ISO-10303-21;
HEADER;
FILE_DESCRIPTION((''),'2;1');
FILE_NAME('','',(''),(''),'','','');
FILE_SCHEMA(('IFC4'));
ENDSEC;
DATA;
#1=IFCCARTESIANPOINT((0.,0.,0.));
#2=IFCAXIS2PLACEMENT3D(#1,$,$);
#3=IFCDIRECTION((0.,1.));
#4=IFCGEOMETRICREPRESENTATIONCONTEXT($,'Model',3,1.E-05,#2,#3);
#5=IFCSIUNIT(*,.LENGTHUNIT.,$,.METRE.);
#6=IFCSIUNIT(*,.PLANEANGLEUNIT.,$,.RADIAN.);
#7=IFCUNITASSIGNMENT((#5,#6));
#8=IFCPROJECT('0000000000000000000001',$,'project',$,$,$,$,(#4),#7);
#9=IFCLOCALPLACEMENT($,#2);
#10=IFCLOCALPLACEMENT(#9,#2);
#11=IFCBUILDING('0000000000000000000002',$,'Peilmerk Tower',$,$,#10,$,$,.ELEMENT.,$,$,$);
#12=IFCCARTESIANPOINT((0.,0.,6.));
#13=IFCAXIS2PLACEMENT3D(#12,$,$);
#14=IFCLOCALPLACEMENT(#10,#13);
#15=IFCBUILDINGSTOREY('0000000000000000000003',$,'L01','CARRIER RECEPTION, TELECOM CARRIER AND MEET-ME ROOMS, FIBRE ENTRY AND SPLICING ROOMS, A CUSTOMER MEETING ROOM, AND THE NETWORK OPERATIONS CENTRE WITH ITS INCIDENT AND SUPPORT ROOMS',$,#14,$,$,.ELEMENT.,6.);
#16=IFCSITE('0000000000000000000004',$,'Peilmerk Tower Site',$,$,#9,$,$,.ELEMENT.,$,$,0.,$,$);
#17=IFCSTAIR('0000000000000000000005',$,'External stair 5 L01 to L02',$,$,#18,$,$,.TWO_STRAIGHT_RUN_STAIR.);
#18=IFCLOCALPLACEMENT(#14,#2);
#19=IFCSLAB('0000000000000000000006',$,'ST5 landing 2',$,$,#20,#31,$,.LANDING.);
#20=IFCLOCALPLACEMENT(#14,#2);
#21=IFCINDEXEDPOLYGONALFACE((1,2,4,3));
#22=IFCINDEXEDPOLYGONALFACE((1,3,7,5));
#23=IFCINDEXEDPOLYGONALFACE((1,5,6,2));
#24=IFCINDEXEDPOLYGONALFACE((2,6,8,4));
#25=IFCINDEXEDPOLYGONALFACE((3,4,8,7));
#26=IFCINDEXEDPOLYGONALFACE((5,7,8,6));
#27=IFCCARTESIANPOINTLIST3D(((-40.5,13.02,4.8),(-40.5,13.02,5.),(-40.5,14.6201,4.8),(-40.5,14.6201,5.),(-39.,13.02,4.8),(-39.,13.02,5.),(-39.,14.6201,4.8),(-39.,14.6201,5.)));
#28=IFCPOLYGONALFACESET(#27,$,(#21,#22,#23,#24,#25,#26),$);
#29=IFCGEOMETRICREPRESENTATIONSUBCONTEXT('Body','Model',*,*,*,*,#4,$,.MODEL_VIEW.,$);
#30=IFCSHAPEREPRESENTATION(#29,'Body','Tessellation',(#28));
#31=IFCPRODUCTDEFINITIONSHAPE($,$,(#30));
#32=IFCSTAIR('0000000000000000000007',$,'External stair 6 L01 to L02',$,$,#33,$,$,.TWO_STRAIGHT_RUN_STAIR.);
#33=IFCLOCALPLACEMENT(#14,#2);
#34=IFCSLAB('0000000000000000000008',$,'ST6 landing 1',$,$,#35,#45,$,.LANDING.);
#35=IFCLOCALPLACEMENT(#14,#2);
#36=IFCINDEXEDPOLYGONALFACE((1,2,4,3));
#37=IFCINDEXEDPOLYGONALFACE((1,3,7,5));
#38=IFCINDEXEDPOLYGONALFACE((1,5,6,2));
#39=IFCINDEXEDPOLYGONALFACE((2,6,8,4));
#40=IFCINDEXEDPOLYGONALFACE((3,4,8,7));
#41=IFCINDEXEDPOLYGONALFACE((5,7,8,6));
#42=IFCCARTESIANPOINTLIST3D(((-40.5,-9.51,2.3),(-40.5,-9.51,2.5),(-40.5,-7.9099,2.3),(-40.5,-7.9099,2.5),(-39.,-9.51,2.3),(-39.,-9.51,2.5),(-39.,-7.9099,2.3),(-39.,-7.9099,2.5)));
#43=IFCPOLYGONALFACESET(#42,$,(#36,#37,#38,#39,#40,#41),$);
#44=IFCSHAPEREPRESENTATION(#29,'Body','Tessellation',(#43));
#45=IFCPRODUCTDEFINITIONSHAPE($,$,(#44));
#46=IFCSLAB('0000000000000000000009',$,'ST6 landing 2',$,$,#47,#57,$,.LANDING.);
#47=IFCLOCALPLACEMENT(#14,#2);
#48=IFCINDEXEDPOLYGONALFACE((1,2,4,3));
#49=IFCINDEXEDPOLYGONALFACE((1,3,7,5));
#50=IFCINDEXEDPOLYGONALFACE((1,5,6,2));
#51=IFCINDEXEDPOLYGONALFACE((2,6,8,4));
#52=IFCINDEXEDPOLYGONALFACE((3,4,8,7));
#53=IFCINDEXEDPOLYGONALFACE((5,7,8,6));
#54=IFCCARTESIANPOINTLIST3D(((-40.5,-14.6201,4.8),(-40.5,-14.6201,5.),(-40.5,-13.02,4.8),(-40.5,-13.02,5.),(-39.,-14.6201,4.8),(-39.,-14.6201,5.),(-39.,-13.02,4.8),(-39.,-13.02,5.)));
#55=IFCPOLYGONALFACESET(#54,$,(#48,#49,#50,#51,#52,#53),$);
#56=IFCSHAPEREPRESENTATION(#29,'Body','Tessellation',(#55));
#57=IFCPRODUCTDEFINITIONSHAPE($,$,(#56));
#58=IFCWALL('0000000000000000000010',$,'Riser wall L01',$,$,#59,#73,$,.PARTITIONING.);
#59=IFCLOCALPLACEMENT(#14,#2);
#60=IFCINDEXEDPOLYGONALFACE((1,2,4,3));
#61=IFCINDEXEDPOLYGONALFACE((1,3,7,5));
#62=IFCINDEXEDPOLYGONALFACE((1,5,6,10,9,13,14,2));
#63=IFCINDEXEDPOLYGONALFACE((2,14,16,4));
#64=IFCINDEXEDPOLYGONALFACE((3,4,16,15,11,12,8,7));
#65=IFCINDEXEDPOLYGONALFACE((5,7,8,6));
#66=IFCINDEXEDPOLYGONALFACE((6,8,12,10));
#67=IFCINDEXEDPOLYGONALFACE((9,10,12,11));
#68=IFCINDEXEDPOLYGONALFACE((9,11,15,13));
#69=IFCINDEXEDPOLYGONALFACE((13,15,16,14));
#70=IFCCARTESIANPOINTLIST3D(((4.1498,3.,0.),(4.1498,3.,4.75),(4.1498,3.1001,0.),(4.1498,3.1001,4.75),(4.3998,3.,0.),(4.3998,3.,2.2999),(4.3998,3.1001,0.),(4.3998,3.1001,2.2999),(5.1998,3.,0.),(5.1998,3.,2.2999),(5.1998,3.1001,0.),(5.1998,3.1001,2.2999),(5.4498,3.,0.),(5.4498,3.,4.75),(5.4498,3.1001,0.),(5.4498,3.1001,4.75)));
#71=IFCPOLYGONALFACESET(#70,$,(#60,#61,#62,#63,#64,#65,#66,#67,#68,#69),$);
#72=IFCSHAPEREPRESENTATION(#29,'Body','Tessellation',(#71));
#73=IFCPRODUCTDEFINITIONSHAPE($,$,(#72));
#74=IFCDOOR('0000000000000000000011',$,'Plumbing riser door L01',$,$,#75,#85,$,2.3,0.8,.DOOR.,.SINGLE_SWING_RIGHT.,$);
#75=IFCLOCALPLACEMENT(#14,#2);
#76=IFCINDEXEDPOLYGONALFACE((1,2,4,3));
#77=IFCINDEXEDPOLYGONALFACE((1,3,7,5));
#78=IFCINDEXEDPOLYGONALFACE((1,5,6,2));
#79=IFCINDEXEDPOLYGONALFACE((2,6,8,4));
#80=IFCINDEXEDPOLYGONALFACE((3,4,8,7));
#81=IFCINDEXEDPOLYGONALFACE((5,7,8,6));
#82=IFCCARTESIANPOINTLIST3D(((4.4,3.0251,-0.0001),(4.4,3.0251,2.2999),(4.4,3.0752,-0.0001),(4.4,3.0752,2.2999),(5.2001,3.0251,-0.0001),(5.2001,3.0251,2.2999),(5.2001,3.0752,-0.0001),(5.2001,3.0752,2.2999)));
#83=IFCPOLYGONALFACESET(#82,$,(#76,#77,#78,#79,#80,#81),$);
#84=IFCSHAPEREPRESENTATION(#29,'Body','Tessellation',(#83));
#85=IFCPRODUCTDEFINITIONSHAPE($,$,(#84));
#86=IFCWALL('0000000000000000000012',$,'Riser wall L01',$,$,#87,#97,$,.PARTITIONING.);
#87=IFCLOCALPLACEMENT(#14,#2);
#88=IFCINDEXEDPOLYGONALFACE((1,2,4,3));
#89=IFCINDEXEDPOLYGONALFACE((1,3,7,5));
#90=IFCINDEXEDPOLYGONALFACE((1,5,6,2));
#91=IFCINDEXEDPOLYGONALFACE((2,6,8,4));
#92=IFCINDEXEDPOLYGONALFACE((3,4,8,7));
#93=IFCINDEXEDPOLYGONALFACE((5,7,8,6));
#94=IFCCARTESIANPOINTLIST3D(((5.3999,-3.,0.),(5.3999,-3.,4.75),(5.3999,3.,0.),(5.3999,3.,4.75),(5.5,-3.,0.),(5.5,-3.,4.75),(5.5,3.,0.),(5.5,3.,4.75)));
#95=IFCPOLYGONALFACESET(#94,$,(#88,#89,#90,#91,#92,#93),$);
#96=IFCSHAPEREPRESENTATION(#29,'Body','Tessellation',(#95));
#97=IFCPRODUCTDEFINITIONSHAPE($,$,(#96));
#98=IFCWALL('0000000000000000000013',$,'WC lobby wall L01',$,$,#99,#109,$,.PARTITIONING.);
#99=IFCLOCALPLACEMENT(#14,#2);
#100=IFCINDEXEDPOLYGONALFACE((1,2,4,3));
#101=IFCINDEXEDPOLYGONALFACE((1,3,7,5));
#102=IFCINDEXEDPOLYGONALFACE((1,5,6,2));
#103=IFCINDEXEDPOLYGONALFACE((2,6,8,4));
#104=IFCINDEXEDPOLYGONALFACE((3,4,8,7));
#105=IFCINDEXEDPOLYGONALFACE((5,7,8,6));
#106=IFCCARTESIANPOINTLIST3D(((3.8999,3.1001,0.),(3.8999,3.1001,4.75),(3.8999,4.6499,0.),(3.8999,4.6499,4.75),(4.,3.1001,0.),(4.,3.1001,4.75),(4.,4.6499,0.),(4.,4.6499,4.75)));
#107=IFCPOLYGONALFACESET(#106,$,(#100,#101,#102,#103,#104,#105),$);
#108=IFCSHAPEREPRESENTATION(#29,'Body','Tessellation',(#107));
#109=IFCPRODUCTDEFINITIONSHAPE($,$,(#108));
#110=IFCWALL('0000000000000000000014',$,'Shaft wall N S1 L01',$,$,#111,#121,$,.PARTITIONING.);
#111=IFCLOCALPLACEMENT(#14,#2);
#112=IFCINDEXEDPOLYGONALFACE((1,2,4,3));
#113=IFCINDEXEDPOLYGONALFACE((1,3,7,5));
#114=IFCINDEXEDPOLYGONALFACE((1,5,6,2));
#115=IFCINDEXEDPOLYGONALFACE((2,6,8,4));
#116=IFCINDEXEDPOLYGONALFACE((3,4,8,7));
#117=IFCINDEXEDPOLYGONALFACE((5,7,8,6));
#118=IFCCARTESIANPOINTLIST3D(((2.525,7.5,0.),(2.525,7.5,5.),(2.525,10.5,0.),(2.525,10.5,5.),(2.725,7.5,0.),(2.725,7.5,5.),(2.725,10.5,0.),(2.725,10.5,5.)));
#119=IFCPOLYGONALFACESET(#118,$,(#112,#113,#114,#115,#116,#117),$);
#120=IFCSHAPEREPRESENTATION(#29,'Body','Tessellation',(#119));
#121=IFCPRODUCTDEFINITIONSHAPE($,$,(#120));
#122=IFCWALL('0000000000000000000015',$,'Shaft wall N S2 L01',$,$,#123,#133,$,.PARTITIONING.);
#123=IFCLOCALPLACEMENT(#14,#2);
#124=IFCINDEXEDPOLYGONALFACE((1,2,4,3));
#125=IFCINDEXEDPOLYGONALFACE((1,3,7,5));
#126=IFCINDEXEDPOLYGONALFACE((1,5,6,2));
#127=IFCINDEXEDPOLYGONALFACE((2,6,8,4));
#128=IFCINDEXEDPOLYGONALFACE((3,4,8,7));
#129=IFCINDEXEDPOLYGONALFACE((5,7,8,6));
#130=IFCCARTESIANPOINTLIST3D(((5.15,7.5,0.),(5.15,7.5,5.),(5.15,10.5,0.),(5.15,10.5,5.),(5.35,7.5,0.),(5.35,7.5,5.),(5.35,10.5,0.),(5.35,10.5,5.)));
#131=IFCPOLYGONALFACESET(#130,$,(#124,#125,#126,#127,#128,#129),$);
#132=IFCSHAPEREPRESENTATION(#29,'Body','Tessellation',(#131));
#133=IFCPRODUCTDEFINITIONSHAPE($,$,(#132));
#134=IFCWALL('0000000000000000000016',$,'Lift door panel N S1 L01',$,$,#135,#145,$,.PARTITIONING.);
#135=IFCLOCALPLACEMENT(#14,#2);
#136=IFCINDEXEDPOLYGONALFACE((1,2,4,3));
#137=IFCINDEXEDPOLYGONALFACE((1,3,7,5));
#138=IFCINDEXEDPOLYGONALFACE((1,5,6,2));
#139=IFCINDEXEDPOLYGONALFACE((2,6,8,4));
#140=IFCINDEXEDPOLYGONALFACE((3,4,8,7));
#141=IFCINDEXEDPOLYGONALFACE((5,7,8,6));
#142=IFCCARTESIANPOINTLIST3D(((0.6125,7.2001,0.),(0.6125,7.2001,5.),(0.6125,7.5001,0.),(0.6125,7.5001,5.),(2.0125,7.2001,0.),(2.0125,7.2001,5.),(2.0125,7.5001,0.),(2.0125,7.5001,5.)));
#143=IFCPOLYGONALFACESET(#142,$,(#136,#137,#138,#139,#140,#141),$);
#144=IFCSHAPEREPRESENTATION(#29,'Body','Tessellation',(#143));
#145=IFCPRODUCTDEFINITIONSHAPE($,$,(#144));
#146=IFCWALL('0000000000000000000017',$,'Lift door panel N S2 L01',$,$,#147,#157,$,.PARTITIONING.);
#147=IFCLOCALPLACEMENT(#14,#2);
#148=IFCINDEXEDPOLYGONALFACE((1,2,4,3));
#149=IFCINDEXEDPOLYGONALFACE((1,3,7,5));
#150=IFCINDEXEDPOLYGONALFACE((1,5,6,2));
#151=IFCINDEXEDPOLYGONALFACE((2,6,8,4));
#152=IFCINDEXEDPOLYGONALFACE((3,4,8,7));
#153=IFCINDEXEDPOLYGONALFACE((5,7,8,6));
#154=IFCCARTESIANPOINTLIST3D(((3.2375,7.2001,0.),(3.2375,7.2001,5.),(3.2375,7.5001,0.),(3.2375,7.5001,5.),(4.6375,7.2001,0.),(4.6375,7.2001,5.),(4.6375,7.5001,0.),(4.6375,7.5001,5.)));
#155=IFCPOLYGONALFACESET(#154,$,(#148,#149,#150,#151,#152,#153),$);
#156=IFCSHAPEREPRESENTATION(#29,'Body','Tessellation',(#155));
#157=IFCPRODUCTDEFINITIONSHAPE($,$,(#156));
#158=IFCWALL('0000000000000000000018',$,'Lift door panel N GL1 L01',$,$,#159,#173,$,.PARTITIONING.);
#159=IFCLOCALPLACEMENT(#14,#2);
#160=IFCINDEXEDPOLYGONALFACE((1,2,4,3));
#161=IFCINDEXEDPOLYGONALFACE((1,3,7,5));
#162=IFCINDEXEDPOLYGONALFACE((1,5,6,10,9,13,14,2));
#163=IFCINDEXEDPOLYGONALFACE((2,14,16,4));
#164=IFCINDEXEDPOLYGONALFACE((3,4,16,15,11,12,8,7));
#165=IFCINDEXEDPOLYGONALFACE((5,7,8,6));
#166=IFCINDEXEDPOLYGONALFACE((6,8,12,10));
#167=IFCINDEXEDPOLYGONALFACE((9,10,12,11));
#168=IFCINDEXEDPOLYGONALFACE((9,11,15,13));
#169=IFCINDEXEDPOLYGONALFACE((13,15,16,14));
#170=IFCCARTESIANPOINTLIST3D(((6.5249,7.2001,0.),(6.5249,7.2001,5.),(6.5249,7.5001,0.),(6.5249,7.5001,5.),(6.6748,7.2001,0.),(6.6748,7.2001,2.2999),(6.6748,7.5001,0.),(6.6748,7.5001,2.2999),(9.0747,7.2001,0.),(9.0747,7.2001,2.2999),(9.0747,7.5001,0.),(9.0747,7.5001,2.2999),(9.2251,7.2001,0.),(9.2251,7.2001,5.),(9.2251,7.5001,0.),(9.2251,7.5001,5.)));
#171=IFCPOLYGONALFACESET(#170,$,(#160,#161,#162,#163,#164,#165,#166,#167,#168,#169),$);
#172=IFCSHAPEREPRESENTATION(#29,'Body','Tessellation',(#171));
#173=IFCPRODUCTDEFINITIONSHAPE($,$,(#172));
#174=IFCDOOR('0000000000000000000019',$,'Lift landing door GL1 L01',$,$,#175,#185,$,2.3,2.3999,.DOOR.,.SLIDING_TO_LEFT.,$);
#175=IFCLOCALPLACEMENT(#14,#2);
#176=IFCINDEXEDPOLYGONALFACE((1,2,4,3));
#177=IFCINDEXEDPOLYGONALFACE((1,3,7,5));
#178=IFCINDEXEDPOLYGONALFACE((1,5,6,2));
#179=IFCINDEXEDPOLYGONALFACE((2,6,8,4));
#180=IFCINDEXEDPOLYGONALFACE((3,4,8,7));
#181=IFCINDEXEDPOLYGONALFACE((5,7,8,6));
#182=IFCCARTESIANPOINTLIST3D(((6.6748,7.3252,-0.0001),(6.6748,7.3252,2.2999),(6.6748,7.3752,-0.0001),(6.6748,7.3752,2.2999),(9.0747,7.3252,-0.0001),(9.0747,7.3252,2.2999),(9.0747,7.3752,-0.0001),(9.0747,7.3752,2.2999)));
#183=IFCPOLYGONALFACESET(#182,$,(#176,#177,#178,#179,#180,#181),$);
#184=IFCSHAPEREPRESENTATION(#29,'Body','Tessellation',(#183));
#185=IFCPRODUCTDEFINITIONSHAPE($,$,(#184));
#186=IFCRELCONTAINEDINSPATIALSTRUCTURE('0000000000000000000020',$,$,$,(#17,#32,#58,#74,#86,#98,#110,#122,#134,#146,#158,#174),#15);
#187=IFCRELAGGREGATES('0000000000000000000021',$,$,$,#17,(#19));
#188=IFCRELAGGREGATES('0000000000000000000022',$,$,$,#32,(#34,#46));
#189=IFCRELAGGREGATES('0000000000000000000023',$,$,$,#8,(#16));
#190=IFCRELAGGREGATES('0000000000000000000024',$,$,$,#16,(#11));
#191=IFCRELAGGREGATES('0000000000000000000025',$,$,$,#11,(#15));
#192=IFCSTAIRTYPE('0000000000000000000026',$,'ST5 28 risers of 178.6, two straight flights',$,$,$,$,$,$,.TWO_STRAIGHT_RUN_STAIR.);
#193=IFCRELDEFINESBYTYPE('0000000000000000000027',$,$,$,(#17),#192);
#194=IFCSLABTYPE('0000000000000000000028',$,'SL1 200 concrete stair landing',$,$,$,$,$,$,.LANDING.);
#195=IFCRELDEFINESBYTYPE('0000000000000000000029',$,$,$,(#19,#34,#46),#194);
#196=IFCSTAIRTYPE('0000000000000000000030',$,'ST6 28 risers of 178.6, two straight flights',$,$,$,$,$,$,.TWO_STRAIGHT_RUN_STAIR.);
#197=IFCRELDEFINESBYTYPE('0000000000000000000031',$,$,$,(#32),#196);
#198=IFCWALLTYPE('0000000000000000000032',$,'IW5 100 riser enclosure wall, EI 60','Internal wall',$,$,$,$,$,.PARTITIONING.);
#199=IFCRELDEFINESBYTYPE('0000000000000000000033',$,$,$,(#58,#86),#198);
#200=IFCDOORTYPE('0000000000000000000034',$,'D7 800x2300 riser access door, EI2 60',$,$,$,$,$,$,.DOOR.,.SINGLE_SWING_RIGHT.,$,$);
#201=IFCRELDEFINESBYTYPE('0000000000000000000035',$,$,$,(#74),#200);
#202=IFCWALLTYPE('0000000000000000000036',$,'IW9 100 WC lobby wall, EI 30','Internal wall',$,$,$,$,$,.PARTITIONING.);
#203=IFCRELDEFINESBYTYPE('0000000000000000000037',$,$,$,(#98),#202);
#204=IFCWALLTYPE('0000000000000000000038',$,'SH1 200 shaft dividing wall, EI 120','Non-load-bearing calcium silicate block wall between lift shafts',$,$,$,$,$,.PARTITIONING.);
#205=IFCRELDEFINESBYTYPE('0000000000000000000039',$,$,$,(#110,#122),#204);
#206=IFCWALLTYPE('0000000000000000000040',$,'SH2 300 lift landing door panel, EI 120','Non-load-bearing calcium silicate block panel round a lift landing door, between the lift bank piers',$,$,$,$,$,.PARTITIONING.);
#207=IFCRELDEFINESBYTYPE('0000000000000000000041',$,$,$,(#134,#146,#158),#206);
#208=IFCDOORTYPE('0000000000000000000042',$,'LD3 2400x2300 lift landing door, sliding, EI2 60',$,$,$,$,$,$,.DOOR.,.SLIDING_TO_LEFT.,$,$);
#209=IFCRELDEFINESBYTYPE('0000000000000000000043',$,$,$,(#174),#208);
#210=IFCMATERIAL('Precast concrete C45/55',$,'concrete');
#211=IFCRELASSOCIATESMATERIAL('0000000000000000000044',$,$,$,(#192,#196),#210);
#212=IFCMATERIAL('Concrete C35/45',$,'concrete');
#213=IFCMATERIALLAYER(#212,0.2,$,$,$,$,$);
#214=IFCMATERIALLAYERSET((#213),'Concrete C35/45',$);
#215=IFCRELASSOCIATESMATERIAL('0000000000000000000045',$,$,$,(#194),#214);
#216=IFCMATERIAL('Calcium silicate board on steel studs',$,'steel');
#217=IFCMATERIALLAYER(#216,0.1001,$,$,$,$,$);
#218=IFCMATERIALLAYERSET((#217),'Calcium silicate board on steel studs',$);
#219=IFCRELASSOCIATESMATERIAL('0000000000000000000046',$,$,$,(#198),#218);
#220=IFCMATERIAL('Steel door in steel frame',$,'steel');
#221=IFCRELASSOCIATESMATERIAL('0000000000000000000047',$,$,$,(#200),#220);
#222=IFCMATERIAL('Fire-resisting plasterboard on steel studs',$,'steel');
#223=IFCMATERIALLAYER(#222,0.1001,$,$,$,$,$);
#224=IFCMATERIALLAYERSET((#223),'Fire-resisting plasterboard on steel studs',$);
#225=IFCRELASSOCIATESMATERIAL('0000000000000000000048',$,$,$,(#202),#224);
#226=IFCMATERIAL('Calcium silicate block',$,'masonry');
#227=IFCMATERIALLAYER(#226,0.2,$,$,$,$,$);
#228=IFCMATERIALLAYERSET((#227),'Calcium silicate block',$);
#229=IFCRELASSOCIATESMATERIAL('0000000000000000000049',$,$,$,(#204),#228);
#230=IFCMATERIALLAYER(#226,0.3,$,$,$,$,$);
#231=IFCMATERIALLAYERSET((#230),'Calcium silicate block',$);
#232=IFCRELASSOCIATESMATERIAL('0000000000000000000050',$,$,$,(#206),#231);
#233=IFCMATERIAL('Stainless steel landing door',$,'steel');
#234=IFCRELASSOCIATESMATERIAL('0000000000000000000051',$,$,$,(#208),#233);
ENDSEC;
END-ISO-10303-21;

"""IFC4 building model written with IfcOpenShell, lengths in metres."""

from ifc_helpers import new_model, si_unit, direction, frame, frame_2d, origin, place, context, subcontext, project, spatial, polyline, rectangle, outline, extrude, material, layer, layer_set, type_object, element, fill, aggregate, save


model = new_model("IFC4")

# Units and contexts
model_context = context("Model", 3, precision=1e-05, world=origin(), true_north=direction((0.0, 1.0)))
body_context = subcontext(model_context, "Body", "Model", "MODEL_VIEW")
ifc_project = project(units=[si_unit("LENGTHUNIT", "METRE"), si_unit("PLANEANGLEUNIT", "RADIAN")], contexts=[model_context])

# Site, building, storey
site_placement = place(None, origin())
site = spatial("IfcSite", under=ifc_project, at=site_placement, Name="Peilmerk Tower Site", CompositionType="ELEMENT", RefElevation=0.0)
building_placement = place(site_placement, origin())
building = spatial("IfcBuilding", under=site, at=building_placement, Name="Peilmerk Tower", CompositionType="ELEMENT")
storey_placement = place(building_placement, frame((0.0, 0.0, 6.0)))
storey = spatial("IfcBuildingStorey", under=building, at=storey_placement, Name="L01", Description="CARRIER RECEPTION, TELECOM CARRIER AND MEET-ME ROOMS, FIBRE ENTRY AND SPLICING ROOMS, A CUSTOMER MEETING ROOM, AND THE NETWORK OPERATIONS CENTRE WITH ITS INCIDENT AND SUPPORT ROOMS", CompositionType="ELEMENT", Elevation=6.0)

# Stair, slab
ifc_material_1 = material(Name="Precast concrete C45/55", Category="concrete")
stair_type_1 = type_object("IfcStairType", Name="ST5 28 risers of 178.6, two straight flights", PredefinedType="TWO_STRAIGHT_RUN_STAIR", material=ifc_material_1)
stair_1_placement = place(storey_placement, origin())
stair_1 = element("IfcStair", 1, at=stair_1_placement, inside=storey, type_object=stair_type_1, Name="External stair 5 L01 to L02", PredefinedType="TWO_STRAIGHT_RUN_STAIR")
ifc_material_2 = material(Name="Concrete C35/45", Category="concrete")
ifc_layer_1 = layer(ifc_material_2, 0.2)
ifc_layer_set_1 = layer_set([ifc_layer_1], Name="Concrete C35/45")
slab_type = type_object("IfcSlabType", Name="SL1 200 concrete stair landing", PredefinedType="LANDING", material=ifc_layer_set_1)
slab_1_placement = place(storey_placement, frame((0.0, 0.0, 4.8)))
slab_1 = element("IfcSlab", 2, at=slab_1_placement, type_object=slab_type, Name="ST5 landing 2", PredefinedType="LANDING", context=body_context, shape_type="SweptSolid", body=[
    extrude(outline(polyline([(-40.5, 13.02), (-39.0, 13.02), (-39.0, 14.6201), (-40.5, 14.6201), (-40.5, 13.02)])), origin(), (0.0, 0.0, 1.0), 0.2),
])
aggregate(stair_1, [slab_1])

# Stair, slabs
stair_type_2 = type_object("IfcStairType", Name="ST6 28 risers of 178.6, two straight flights", PredefinedType="TWO_STRAIGHT_RUN_STAIR", material=ifc_material_1)
stair_2_placement = place(storey_placement, origin())
stair_2 = element("IfcStair", 3, at=stair_2_placement, inside=storey, type_object=stair_type_2, Name="External stair 6 L01 to L02", PredefinedType="TWO_STRAIGHT_RUN_STAIR")
slab_2_placement = place(storey_placement, frame((0.0, 0.0, 2.3)))
slab_2 = element("IfcSlab", 4, at=slab_2_placement, type_object=slab_type, Name="ST6 landing 1", PredefinedType="LANDING", context=body_context, shape_type="SweptSolid", body=[
    extrude(outline(polyline([(-40.5, -9.51), (-39.0, -9.51), (-39.0, -7.9099), (-40.5, -7.9099), (-40.5, -9.51)])), origin(), (0.0, 0.0, 1.0), 0.2),
])
slab_3_placement = place(storey_placement, frame((0.0, 0.0, 4.8)))
slab_3 = element("IfcSlab", 5, at=slab_3_placement, type_object=slab_type, Name="ST6 landing 2", PredefinedType="LANDING", context=body_context, shape_type="SweptSolid", body=[
    extrude(outline(polyline([(-40.5, -14.6201), (-39.0, -14.6201), (-39.0, -13.02), (-40.5, -13.02), (-40.5, -14.6201)])), origin(), (0.0, 0.0, 1.0), 0.2),
])
aggregate(stair_2, [slab_2, slab_3])

# Wall, opening, door
ifc_material_3 = material(Name="Calcium silicate board on steel studs", Category="steel")
ifc_layer_2 = layer(ifc_material_3, 0.1001)
ifc_layer_set_2 = layer_set([ifc_layer_2], Name="Calcium silicate board on steel studs")
wall_type_1 = type_object("IfcWallType", Name="IW5 100 riser enclosure wall, EI 60", Description="Internal wall", PredefinedType="PARTITIONING", material=ifc_layer_set_2)
wall_1_placement = place(storey_placement, frame((4.1499, 3.05, 0.0), z_axis=(0.0, 0.0, 1.0), x_axis=(1.0, 0.0, 0.0)))
wall_1 = element("IfcWall", 6, at=wall_1_placement, inside=storey, type_object=wall_type_1, Name="Riser wall L01", PredefinedType="PARTITIONING", context=body_context, shape_type="SweptSolid", body=[
    extrude(rectangle(XDim=1.3, YDim=0.1001, at=frame_2d((0.6499, 0.0))), origin(), (0.0, 0.0, 1.0), 4.75),
])
opening_1_placement = place(wall_1_placement, frame((0.25, 0.0, 0.0)))
opening_1 = element("IfcOpeningElement", 7, at=opening_1_placement, cuts=wall_1, PredefinedType="OPENING", context=body_context, shape_type="SweptSolid", body=[
    extrude(rectangle(XDim=0.8, YDim=2.3, at=frame_2d((0.3999, 1.1499))), frame((0.0, 0.0601, 0.0), z_axis=(0.0, -1.0, 0.0), x_axis=(1.0, 0.0, 0.0)), (0.0, 0.0, 1.0), 0.1201),
])
ifc_material_4 = material(Name="Steel door in steel frame", Category="steel")
door_type_1 = type_object("IfcDoorType", Name="D7 800x2300 riser access door, EI2 60", OperationType="SINGLE_SWING_RIGHT", PredefinedType="DOOR", material=ifc_material_4)
door_1_placement = place(opening_1_placement, frame((0.8, 0.0, 0.0), z_axis=(0.0, 0.0, 1.0), x_axis=(-1.0, 0.0, 0.0)))
door_1 = element("IfcDoor", 8, at=door_1_placement, inside=storey, type_object=door_type_1, Name="Plumbing riser door L01", OperationType="SINGLE_SWING_RIGHT", OverallHeight=2.3, OverallWidth=0.8, PredefinedType="DOOR", context=body_context, shape_type="SweptSolid", body=[
    extrude(rectangle(XDim=0.8, YDim=2.3, at=frame_2d((0.3999, 1.1499))), frame((0.0, 0.0249, 0.0), z_axis=(0.0, -1.0, 0.0), x_axis=(1.0, 0.0, 0.0)), (0.0, 0.0, 1.0), 0.05),
])
fill(opening_1, door_1)

# Walls
wall_2_placement = place(storey_placement, frame((5.45, 3.0, 0.0), z_axis=(0.0, 0.0, 1.0), x_axis=(0.0, -1.0, 0.0)))
element("IfcWall", 9, at=wall_2_placement, inside=storey, type_object=wall_type_1, Name="Riser wall L01", PredefinedType="PARTITIONING", context=body_context, shape_type="SweptSolid", body=[
    extrude(rectangle(XDim=6.0, YDim=0.1001, at=frame_2d((3.0, 0.0))), origin(), (0.0, 0.0, 1.0), 4.75),
])
ifc_material_5 = material(Name="Fire-resisting plasterboard on steel studs", Category="steel")
ifc_layer_3 = layer(ifc_material_5, 0.1001)
ifc_layer_set_3 = layer_set([ifc_layer_3], Name="Fire-resisting plasterboard on steel studs")
wall_type_2 = type_object("IfcWallType", Name="IW9 100 WC lobby wall, EI 30", Description="Internal wall", PredefinedType="PARTITIONING", material=ifc_layer_set_3)
wall_3_placement = place(storey_placement, frame((3.95, 3.1001, 0.0), z_axis=(0.0, 0.0, 1.0), x_axis=(0.0, 1.0, 0.0)))
element("IfcWall", 10, at=wall_3_placement, inside=storey, type_object=wall_type_2, Name="WC lobby wall L01", PredefinedType="PARTITIONING", context=body_context, shape_type="SweptSolid", body=[
    extrude(rectangle(XDim=1.5498, YDim=0.1001, at=frame_2d((0.7749, 0.0))), origin(), (0.0, 0.0, 1.0), 4.75),
])
ifc_material_6 = material(Name="Calcium silicate block", Category="masonry")
ifc_layer_4 = layer(ifc_material_6, 0.2)
ifc_layer_set_4 = layer_set([ifc_layer_4], Name="Calcium silicate block")
wall_type_3 = type_object("IfcWallType", Name="SH1 200 shaft dividing wall, EI 120", Description="Non-load-bearing calcium silicate block wall between lift shafts", PredefinedType="PARTITIONING", material=ifc_layer_set_4)
for number, where, z_axis, x_axis, name in (
    (11, (2.625, 7.5, 0.0), (0.0, 0.0, 1.0), (0.0, 1.0, 0.0), "Shaft wall N S1 L01"),
    (12, (5.25, 7.5, 0.0), (0.0, 0.0, 1.0), (0.0, 1.0, 0.0), "Shaft wall N S2 L01"),
):
    element("IfcWall", number, at=place(storey_placement, frame(where, z_axis=z_axis, x_axis=x_axis)), inside=storey, type_object=wall_type_3, Name=name, PredefinedType="PARTITIONING", context=body_context, shape_type="SweptSolid", body=[
        extrude(rectangle(XDim=3.0, YDim=0.2, at=frame_2d((1.5, 0.0))), origin(), (0.0, 0.0, 1.0), 5.0),
    ])
ifc_layer_5 = layer(ifc_material_6, 0.3)
ifc_layer_set_5 = layer_set([ifc_layer_5], Name="Calcium silicate block")
wall_type_4 = type_object("IfcWallType", Name="SH2 300 lift landing door panel, EI 120", Description="Non-load-bearing calcium silicate block panel round a lift landing door, between the lift bank piers", PredefinedType="PARTITIONING", material=ifc_layer_set_5)
for number, where, z_axis, x_axis, name in (
    (13, (0.6125, 7.3501, 0.0), (0.0, 0.0, 1.0), (1.0, 0.0, 0.0), "Lift door panel N S1 L01"),
    (14, (3.2375, 7.3501, 0.0), (0.0, 0.0, 1.0), (1.0, 0.0, 0.0), "Lift door panel N S2 L01"),
):
    element("IfcWall", number, at=place(storey_placement, frame(where, z_axis=z_axis, x_axis=x_axis)), inside=storey, type_object=wall_type_4, Name=name, PredefinedType="PARTITIONING", context=body_context, shape_type="SweptSolid", body=[
        extrude(rectangle(XDim=1.3999, YDim=0.3, at=frame_2d((0.7, 0.0))), origin(), (0.0, 0.0, 1.0), 5.0),
    ])

# Wall, opening, door
wall_4_placement = place(storey_placement, frame((6.5249, 7.3501, 0.0), z_axis=(0.0, 0.0, 1.0), x_axis=(1.0, 0.0, 0.0)))
wall_4 = element("IfcWall", 15, at=wall_4_placement, inside=storey, type_object=wall_type_4, Name="Lift door panel N GL1 L01", PredefinedType="PARTITIONING", context=body_context, shape_type="SweptSolid", body=[
    extrude(rectangle(XDim=2.7002, YDim=0.3, at=frame_2d((1.3501, 0.0))), origin(), (0.0, 0.0, 1.0), 5.0),
])
opening_2_placement = place(wall_4_placement, frame((0.1499, 0.0, 0.0)))
opening_2 = element("IfcOpeningElement", 16, at=opening_2_placement, cuts=wall_4, PredefinedType="OPENING", context=body_context, shape_type="SweptSolid", body=[
    extrude(rectangle(XDim=2.3999, YDim=2.3, at=frame_2d((1.2, 1.1499))), frame((0.0, 0.1599, 0.0), z_axis=(0.0, -1.0, 0.0), x_axis=(1.0, 0.0, 0.0)), (0.0, 0.0, 1.0), 0.3201),
])
ifc_material_7 = material(Name="Stainless steel landing door", Category="steel")
door_type_2 = type_object("IfcDoorType", Name="LD3 2400x2300 lift landing door, sliding, EI2 60", OperationType="SLIDING_TO_LEFT", PredefinedType="DOOR", material=ifc_material_7)
door_2_placement = place(opening_2_placement, frame((2.3999, 0.0, 0.0), z_axis=(0.0, 0.0, 1.0), x_axis=(-1.0, 0.0, 0.0)))
door_2 = element("IfcDoor", 17, at=door_2_placement, inside=storey, type_object=door_type_2, Name="Lift landing door GL1 L01", OperationType="SLIDING_TO_LEFT", OverallHeight=2.3, OverallWidth=2.3999, PredefinedType="DOOR", context=body_context, shape_type="SweptSolid", body=[
    extrude(rectangle(XDim=2.3999, YDim=2.3, at=frame_2d((1.2, 1.1499))), frame((0.0, 0.0249, 0.0), z_axis=(0.0, -1.0, 0.0), x_axis=(1.0, 0.0, 0.0)), (0.0, 0.0, 1.0), 0.05),
])
fill(opening_2, door_2)

save(model, "model.ifc")
